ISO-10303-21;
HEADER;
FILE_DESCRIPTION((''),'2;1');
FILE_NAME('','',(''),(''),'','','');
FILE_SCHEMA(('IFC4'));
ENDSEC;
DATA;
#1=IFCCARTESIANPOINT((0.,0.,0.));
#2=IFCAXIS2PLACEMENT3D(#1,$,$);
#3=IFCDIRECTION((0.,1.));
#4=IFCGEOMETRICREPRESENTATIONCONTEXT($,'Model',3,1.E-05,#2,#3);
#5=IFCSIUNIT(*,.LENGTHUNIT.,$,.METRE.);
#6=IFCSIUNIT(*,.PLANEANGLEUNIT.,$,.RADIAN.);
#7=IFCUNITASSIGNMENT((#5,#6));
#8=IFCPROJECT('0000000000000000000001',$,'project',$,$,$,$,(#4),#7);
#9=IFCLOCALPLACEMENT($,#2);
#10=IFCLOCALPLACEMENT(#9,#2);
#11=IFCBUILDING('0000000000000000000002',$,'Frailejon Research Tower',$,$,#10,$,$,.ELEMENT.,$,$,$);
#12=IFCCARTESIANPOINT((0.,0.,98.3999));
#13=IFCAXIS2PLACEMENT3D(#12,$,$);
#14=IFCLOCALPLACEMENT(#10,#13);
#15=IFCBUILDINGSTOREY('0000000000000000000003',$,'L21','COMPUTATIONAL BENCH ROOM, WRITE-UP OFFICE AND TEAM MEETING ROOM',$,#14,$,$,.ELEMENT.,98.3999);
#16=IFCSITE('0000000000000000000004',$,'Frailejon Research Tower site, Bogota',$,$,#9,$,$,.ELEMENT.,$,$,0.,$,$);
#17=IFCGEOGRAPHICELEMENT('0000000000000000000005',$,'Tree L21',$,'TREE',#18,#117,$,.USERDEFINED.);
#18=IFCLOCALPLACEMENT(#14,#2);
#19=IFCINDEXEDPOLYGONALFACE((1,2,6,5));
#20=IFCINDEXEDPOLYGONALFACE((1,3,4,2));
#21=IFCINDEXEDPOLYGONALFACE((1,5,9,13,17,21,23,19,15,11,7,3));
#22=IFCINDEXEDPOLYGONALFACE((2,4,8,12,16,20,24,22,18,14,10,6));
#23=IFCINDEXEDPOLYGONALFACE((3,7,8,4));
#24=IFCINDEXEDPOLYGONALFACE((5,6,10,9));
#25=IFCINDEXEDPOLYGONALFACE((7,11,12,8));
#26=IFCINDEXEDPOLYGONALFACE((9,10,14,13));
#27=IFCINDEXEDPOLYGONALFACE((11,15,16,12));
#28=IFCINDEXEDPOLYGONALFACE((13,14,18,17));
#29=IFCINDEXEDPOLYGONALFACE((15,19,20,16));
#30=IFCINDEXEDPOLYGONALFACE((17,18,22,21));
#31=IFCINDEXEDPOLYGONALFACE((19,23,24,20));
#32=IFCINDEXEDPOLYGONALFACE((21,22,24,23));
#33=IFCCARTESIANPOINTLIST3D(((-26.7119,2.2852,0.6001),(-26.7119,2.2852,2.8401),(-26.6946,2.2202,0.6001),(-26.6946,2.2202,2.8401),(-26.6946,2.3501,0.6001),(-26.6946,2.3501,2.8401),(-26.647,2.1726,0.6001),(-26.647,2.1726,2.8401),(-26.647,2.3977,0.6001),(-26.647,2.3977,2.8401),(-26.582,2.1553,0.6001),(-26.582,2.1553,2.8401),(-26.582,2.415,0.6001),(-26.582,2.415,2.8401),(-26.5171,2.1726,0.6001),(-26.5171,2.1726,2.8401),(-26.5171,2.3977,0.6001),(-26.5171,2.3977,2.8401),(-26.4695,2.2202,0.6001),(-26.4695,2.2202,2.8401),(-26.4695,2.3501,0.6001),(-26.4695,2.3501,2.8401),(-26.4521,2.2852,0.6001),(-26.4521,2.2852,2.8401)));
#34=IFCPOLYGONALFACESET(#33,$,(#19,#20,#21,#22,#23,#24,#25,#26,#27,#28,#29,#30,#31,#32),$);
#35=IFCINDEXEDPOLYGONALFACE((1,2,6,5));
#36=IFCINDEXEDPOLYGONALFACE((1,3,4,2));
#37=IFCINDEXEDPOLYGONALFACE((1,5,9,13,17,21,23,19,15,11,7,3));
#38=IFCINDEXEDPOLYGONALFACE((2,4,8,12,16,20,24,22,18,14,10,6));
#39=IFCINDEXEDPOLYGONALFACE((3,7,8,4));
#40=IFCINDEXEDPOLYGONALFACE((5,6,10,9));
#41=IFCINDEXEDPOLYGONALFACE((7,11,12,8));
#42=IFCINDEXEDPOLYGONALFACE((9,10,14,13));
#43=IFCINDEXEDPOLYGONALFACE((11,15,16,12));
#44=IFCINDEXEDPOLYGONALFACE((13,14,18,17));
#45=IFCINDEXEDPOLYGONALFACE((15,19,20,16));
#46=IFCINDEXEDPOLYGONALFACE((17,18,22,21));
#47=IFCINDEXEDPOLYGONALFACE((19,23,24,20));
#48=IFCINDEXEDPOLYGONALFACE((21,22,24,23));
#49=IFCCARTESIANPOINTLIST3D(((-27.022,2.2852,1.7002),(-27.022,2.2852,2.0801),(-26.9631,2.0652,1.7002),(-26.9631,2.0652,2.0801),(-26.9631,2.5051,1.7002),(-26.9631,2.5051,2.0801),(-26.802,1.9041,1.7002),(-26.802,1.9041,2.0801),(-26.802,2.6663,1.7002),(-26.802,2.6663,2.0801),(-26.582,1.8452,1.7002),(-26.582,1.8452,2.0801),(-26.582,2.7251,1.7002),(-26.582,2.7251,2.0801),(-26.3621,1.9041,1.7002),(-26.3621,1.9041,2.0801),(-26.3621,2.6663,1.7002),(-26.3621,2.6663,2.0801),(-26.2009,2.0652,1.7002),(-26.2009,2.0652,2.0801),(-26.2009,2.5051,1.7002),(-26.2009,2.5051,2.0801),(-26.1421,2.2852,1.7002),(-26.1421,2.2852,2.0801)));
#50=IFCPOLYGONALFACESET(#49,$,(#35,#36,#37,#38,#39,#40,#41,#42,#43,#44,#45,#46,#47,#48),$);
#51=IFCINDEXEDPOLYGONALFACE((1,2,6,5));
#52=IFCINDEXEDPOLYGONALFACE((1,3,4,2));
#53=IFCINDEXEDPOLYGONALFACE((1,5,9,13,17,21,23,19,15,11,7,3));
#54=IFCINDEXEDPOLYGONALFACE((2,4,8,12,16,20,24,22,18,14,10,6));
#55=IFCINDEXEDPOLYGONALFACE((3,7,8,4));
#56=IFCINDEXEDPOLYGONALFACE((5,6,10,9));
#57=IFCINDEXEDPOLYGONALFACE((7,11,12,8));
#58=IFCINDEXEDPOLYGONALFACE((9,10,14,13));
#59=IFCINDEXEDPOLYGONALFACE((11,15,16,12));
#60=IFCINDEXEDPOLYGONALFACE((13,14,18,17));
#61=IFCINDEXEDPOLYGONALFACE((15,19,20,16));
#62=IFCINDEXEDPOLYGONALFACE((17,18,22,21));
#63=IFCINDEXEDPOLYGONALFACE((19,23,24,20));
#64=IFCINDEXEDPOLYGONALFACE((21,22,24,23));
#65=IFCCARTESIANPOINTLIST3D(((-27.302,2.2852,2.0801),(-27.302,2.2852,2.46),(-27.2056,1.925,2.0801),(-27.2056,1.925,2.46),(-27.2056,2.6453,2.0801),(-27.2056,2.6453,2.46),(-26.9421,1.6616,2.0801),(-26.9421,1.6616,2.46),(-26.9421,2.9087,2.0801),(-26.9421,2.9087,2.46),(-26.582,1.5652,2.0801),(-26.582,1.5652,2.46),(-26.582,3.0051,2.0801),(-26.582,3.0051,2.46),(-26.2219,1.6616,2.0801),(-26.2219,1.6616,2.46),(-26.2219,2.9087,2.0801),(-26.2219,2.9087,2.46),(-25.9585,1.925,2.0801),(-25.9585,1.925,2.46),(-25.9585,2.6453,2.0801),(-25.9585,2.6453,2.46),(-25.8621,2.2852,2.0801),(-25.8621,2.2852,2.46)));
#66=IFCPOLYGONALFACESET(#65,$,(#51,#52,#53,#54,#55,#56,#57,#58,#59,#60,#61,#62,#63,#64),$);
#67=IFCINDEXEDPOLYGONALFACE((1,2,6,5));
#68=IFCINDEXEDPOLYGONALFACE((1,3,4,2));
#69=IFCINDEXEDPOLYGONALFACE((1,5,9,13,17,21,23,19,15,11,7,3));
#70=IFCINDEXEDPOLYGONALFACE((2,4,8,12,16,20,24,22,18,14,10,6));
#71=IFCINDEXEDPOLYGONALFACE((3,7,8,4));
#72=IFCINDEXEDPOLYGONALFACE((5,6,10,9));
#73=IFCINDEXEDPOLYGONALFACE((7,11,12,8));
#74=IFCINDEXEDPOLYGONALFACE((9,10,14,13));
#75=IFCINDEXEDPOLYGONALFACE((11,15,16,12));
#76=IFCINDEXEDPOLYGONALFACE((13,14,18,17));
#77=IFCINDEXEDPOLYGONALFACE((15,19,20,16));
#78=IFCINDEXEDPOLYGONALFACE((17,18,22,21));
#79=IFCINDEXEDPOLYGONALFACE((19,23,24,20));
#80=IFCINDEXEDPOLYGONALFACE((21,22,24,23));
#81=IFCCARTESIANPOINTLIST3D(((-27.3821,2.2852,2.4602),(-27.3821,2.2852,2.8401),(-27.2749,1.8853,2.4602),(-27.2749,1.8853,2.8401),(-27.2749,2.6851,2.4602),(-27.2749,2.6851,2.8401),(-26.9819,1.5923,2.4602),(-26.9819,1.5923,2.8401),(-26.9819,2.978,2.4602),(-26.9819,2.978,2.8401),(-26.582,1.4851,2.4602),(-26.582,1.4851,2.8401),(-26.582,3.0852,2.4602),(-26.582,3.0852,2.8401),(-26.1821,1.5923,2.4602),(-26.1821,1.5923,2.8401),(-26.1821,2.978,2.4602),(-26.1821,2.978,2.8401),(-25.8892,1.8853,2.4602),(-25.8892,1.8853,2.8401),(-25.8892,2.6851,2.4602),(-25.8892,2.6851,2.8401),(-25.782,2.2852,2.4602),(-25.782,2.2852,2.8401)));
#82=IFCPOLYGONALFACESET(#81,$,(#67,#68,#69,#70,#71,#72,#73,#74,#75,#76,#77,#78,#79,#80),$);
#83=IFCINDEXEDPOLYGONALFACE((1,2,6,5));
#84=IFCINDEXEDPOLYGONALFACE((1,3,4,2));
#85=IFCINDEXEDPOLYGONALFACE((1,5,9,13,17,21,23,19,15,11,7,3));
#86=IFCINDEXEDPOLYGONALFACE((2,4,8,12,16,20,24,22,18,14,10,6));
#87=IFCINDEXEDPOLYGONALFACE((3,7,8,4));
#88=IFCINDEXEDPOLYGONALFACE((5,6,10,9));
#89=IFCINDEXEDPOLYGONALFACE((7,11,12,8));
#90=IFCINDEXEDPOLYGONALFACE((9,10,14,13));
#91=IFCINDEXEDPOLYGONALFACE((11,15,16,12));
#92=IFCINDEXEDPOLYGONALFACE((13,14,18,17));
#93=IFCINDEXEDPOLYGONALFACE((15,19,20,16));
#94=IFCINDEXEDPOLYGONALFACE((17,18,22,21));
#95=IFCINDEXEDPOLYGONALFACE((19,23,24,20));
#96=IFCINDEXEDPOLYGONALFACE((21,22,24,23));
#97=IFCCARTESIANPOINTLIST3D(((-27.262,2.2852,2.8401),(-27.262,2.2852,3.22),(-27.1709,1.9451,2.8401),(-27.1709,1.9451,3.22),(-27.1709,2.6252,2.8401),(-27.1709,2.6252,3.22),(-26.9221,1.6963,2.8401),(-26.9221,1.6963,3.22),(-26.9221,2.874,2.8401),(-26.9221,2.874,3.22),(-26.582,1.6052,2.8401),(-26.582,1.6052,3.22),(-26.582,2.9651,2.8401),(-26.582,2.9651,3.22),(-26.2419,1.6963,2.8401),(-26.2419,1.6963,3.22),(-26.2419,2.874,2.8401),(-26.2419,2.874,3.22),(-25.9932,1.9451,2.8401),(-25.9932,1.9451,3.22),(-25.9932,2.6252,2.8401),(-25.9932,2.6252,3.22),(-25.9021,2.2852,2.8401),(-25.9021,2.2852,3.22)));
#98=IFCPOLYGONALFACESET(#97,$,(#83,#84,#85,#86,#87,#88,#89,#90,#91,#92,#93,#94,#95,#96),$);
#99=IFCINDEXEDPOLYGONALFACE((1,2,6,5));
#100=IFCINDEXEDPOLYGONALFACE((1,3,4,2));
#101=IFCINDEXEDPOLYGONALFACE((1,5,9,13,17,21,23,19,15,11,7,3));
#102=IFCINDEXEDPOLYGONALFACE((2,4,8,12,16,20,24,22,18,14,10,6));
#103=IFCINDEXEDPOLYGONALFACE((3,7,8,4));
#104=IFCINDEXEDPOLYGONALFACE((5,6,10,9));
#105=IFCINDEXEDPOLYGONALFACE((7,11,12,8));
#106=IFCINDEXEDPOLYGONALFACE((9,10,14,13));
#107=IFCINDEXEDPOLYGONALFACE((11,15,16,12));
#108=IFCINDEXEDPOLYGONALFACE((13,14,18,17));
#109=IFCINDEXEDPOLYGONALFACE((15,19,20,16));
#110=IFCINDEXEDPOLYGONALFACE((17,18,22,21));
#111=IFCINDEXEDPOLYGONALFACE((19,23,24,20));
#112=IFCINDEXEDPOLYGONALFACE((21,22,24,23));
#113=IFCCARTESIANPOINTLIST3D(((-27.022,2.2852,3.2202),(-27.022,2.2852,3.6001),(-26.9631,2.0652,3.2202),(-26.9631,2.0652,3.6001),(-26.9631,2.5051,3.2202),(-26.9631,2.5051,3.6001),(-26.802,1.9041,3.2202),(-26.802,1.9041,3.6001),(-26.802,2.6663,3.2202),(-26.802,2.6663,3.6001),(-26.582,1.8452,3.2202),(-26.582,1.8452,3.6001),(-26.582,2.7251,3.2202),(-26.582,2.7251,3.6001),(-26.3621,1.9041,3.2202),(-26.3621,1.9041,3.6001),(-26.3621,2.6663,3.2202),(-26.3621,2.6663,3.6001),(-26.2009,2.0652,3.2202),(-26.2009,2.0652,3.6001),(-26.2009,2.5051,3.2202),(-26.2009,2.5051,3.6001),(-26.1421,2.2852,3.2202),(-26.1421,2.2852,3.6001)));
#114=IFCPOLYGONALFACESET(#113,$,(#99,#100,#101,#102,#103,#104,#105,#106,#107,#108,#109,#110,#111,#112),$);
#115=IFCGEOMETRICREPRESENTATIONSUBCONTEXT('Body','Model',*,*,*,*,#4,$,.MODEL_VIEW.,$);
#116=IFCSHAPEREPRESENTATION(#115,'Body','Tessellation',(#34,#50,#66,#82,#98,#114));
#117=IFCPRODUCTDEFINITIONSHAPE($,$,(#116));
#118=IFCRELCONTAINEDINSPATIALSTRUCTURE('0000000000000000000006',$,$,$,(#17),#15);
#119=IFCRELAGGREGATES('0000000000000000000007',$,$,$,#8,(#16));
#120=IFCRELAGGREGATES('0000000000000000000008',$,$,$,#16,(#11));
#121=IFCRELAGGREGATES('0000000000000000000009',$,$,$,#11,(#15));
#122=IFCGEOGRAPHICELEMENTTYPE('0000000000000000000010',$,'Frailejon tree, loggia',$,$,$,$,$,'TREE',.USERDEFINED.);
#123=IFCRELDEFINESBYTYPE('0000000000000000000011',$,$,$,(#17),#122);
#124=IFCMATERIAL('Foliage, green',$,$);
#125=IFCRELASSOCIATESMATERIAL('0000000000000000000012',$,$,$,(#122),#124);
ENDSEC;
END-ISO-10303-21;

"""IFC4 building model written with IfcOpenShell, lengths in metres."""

from ifc_helpers import new_model, si_unit, direction, frame, origin, place, context, subcontext, project, spatial, polyline, outline, extrude, material, type_object, element, save


model = new_model("IFC4")

# Units and contexts
model_context = context("Model", 3, precision=1e-05, world=origin(), true_north=direction((0.0, 1.0)))
body_context = subcontext(model_context, "Body", "Model", "MODEL_VIEW")
ifc_project = project(units=[si_unit("LENGTHUNIT", "METRE"), si_unit("PLANEANGLEUNIT", "RADIAN")], contexts=[model_context])

# Site, building, storey
site_placement = place(None, origin())
site = spatial("IfcSite", under=ifc_project, at=site_placement, Name="Frailejon Research Tower site, Bogota", CompositionType="ELEMENT", RefElevation=0.0)
building_placement = place(site_placement, origin())
building = spatial("IfcBuilding", under=site, at=building_placement, Name="Frailejon Research Tower", CompositionType="ELEMENT")
storey_placement = place(building_placement, frame((0.0, 0.0, 98.3999)))
storey = spatial("IfcBuildingStorey", under=building, at=storey_placement, Name="L21", Description="COMPUTATIONAL BENCH ROOM, WRITE-UP OFFICE AND TEAM MEETING ROOM", CompositionType="ELEMENT", Elevation=98.3999)

# Geographic element
ifc_material_1 = material(Name="Foliage, green")
geographic_element_type = type_object("IfcGeographicElementType", Name="Frailejon tree, loggia", ElementType="TREE", PredefinedType="USERDEFINED", material=ifc_material_1)
geographic_element_placement = place(storey_placement, frame((-26.582, 2.2852, 0.6001)))
element("IfcGeographicElement", 1, at=geographic_element_placement, inside=storey, type_object=geographic_element_type, Name="Tree L21", ObjectType="TREE", PredefinedType="USERDEFINED", context=body_context, shape_type="SweptSolid", body=[
    extrude(outline(polyline([(0.1299, 0.0), (0.1125, 0.0649), (0.0649, 0.1125), (0.0, 0.1299), (-0.0649, 0.1125), (-0.1125, 0.0649), (-0.1299, 0.0), (-0.1125, -0.0649), (-0.0649, -0.1125), (0.0, -0.1299), (0.0649, -0.1125), (0.1125, -0.0649), (0.1299, 0.0)])), origin(), (0.0, 0.0, 1.0), 2.24),
    extrude(outline(polyline([(0.4399, 0.0), (0.3811, 0.22), (0.22, 0.3811), (0.0, 0.4399), (-0.22, 0.3811), (-0.3811, 0.22), (-0.4399, 0.0), (-0.3811, -0.22), (-0.22, -0.3811), (0.0, -0.4399), (0.22, -0.3811), (0.3811, -0.22), (0.4399, 0.0)])), frame((0.0, 0.0, 1.1001)), (0.0, 0.0, 1.0), 0.3799),
    extrude(outline(polyline([(0.72, 0.0), (0.6235, 0.3601), (0.3601, 0.6235), (0.0, 0.72), (-0.3601, 0.6235), (-0.6235, 0.3601), (-0.72, 0.0), (-0.6235, -0.3601), (-0.3601, -0.6235), (0.0, -0.72), (0.3601, -0.6235), (0.6235, -0.3601), (0.72, 0.0)])), frame((0.0, 0.0, 1.48)), (0.0, 0.0, 1.0), 0.3799),
    extrude(outline(polyline([(0.8, 0.0), (0.6929, 0.3999), (0.3999, 0.6929), (0.0, 0.8), (-0.3999, 0.6929), (-0.6929, 0.3999), (-0.8, 0.0), (-0.6929, -0.3999), (-0.3999, -0.6929), (0.0, -0.8), (0.3999, -0.6929), (0.6929, -0.3999), (0.8, 0.0)])), frame((0.0, 0.0, 1.8601)), (0.0, 0.0, 1.0), 0.3799),
    extrude(outline(polyline([(0.6799, 0.0), (0.5889, 0.3401), (0.3401, 0.5889), (0.0, 0.6799), (-0.3401, 0.5889), (-0.5889, 0.3401), (-0.6799, 0.0), (-0.5889, -0.3401), (-0.3401, -0.5889), (0.0, -0.6799), (0.3401, -0.5889), (0.5889, -0.3401), (0.6799, 0.0)])), frame((0.0, 0.0, 2.24)), (0.0, 0.0, 1.0), 0.3799),
    extrude(outline(polyline([(0.4399, 0.0), (0.3811, 0.22), (0.22, 0.3811), (0.0, 0.4399), (-0.22, 0.3811), (-0.3811, 0.22), (-0.4399, 0.0), (-0.3811, -0.22), (-0.22, -0.3811), (0.0, -0.4399), (0.22, -0.3811), (0.3811, -0.22), (0.4399, 0.0)])), frame((0.0, 0.0, 2.6201)), (0.0, 0.0, 1.0), 0.3799),
])

save(model, "model.ifc")
